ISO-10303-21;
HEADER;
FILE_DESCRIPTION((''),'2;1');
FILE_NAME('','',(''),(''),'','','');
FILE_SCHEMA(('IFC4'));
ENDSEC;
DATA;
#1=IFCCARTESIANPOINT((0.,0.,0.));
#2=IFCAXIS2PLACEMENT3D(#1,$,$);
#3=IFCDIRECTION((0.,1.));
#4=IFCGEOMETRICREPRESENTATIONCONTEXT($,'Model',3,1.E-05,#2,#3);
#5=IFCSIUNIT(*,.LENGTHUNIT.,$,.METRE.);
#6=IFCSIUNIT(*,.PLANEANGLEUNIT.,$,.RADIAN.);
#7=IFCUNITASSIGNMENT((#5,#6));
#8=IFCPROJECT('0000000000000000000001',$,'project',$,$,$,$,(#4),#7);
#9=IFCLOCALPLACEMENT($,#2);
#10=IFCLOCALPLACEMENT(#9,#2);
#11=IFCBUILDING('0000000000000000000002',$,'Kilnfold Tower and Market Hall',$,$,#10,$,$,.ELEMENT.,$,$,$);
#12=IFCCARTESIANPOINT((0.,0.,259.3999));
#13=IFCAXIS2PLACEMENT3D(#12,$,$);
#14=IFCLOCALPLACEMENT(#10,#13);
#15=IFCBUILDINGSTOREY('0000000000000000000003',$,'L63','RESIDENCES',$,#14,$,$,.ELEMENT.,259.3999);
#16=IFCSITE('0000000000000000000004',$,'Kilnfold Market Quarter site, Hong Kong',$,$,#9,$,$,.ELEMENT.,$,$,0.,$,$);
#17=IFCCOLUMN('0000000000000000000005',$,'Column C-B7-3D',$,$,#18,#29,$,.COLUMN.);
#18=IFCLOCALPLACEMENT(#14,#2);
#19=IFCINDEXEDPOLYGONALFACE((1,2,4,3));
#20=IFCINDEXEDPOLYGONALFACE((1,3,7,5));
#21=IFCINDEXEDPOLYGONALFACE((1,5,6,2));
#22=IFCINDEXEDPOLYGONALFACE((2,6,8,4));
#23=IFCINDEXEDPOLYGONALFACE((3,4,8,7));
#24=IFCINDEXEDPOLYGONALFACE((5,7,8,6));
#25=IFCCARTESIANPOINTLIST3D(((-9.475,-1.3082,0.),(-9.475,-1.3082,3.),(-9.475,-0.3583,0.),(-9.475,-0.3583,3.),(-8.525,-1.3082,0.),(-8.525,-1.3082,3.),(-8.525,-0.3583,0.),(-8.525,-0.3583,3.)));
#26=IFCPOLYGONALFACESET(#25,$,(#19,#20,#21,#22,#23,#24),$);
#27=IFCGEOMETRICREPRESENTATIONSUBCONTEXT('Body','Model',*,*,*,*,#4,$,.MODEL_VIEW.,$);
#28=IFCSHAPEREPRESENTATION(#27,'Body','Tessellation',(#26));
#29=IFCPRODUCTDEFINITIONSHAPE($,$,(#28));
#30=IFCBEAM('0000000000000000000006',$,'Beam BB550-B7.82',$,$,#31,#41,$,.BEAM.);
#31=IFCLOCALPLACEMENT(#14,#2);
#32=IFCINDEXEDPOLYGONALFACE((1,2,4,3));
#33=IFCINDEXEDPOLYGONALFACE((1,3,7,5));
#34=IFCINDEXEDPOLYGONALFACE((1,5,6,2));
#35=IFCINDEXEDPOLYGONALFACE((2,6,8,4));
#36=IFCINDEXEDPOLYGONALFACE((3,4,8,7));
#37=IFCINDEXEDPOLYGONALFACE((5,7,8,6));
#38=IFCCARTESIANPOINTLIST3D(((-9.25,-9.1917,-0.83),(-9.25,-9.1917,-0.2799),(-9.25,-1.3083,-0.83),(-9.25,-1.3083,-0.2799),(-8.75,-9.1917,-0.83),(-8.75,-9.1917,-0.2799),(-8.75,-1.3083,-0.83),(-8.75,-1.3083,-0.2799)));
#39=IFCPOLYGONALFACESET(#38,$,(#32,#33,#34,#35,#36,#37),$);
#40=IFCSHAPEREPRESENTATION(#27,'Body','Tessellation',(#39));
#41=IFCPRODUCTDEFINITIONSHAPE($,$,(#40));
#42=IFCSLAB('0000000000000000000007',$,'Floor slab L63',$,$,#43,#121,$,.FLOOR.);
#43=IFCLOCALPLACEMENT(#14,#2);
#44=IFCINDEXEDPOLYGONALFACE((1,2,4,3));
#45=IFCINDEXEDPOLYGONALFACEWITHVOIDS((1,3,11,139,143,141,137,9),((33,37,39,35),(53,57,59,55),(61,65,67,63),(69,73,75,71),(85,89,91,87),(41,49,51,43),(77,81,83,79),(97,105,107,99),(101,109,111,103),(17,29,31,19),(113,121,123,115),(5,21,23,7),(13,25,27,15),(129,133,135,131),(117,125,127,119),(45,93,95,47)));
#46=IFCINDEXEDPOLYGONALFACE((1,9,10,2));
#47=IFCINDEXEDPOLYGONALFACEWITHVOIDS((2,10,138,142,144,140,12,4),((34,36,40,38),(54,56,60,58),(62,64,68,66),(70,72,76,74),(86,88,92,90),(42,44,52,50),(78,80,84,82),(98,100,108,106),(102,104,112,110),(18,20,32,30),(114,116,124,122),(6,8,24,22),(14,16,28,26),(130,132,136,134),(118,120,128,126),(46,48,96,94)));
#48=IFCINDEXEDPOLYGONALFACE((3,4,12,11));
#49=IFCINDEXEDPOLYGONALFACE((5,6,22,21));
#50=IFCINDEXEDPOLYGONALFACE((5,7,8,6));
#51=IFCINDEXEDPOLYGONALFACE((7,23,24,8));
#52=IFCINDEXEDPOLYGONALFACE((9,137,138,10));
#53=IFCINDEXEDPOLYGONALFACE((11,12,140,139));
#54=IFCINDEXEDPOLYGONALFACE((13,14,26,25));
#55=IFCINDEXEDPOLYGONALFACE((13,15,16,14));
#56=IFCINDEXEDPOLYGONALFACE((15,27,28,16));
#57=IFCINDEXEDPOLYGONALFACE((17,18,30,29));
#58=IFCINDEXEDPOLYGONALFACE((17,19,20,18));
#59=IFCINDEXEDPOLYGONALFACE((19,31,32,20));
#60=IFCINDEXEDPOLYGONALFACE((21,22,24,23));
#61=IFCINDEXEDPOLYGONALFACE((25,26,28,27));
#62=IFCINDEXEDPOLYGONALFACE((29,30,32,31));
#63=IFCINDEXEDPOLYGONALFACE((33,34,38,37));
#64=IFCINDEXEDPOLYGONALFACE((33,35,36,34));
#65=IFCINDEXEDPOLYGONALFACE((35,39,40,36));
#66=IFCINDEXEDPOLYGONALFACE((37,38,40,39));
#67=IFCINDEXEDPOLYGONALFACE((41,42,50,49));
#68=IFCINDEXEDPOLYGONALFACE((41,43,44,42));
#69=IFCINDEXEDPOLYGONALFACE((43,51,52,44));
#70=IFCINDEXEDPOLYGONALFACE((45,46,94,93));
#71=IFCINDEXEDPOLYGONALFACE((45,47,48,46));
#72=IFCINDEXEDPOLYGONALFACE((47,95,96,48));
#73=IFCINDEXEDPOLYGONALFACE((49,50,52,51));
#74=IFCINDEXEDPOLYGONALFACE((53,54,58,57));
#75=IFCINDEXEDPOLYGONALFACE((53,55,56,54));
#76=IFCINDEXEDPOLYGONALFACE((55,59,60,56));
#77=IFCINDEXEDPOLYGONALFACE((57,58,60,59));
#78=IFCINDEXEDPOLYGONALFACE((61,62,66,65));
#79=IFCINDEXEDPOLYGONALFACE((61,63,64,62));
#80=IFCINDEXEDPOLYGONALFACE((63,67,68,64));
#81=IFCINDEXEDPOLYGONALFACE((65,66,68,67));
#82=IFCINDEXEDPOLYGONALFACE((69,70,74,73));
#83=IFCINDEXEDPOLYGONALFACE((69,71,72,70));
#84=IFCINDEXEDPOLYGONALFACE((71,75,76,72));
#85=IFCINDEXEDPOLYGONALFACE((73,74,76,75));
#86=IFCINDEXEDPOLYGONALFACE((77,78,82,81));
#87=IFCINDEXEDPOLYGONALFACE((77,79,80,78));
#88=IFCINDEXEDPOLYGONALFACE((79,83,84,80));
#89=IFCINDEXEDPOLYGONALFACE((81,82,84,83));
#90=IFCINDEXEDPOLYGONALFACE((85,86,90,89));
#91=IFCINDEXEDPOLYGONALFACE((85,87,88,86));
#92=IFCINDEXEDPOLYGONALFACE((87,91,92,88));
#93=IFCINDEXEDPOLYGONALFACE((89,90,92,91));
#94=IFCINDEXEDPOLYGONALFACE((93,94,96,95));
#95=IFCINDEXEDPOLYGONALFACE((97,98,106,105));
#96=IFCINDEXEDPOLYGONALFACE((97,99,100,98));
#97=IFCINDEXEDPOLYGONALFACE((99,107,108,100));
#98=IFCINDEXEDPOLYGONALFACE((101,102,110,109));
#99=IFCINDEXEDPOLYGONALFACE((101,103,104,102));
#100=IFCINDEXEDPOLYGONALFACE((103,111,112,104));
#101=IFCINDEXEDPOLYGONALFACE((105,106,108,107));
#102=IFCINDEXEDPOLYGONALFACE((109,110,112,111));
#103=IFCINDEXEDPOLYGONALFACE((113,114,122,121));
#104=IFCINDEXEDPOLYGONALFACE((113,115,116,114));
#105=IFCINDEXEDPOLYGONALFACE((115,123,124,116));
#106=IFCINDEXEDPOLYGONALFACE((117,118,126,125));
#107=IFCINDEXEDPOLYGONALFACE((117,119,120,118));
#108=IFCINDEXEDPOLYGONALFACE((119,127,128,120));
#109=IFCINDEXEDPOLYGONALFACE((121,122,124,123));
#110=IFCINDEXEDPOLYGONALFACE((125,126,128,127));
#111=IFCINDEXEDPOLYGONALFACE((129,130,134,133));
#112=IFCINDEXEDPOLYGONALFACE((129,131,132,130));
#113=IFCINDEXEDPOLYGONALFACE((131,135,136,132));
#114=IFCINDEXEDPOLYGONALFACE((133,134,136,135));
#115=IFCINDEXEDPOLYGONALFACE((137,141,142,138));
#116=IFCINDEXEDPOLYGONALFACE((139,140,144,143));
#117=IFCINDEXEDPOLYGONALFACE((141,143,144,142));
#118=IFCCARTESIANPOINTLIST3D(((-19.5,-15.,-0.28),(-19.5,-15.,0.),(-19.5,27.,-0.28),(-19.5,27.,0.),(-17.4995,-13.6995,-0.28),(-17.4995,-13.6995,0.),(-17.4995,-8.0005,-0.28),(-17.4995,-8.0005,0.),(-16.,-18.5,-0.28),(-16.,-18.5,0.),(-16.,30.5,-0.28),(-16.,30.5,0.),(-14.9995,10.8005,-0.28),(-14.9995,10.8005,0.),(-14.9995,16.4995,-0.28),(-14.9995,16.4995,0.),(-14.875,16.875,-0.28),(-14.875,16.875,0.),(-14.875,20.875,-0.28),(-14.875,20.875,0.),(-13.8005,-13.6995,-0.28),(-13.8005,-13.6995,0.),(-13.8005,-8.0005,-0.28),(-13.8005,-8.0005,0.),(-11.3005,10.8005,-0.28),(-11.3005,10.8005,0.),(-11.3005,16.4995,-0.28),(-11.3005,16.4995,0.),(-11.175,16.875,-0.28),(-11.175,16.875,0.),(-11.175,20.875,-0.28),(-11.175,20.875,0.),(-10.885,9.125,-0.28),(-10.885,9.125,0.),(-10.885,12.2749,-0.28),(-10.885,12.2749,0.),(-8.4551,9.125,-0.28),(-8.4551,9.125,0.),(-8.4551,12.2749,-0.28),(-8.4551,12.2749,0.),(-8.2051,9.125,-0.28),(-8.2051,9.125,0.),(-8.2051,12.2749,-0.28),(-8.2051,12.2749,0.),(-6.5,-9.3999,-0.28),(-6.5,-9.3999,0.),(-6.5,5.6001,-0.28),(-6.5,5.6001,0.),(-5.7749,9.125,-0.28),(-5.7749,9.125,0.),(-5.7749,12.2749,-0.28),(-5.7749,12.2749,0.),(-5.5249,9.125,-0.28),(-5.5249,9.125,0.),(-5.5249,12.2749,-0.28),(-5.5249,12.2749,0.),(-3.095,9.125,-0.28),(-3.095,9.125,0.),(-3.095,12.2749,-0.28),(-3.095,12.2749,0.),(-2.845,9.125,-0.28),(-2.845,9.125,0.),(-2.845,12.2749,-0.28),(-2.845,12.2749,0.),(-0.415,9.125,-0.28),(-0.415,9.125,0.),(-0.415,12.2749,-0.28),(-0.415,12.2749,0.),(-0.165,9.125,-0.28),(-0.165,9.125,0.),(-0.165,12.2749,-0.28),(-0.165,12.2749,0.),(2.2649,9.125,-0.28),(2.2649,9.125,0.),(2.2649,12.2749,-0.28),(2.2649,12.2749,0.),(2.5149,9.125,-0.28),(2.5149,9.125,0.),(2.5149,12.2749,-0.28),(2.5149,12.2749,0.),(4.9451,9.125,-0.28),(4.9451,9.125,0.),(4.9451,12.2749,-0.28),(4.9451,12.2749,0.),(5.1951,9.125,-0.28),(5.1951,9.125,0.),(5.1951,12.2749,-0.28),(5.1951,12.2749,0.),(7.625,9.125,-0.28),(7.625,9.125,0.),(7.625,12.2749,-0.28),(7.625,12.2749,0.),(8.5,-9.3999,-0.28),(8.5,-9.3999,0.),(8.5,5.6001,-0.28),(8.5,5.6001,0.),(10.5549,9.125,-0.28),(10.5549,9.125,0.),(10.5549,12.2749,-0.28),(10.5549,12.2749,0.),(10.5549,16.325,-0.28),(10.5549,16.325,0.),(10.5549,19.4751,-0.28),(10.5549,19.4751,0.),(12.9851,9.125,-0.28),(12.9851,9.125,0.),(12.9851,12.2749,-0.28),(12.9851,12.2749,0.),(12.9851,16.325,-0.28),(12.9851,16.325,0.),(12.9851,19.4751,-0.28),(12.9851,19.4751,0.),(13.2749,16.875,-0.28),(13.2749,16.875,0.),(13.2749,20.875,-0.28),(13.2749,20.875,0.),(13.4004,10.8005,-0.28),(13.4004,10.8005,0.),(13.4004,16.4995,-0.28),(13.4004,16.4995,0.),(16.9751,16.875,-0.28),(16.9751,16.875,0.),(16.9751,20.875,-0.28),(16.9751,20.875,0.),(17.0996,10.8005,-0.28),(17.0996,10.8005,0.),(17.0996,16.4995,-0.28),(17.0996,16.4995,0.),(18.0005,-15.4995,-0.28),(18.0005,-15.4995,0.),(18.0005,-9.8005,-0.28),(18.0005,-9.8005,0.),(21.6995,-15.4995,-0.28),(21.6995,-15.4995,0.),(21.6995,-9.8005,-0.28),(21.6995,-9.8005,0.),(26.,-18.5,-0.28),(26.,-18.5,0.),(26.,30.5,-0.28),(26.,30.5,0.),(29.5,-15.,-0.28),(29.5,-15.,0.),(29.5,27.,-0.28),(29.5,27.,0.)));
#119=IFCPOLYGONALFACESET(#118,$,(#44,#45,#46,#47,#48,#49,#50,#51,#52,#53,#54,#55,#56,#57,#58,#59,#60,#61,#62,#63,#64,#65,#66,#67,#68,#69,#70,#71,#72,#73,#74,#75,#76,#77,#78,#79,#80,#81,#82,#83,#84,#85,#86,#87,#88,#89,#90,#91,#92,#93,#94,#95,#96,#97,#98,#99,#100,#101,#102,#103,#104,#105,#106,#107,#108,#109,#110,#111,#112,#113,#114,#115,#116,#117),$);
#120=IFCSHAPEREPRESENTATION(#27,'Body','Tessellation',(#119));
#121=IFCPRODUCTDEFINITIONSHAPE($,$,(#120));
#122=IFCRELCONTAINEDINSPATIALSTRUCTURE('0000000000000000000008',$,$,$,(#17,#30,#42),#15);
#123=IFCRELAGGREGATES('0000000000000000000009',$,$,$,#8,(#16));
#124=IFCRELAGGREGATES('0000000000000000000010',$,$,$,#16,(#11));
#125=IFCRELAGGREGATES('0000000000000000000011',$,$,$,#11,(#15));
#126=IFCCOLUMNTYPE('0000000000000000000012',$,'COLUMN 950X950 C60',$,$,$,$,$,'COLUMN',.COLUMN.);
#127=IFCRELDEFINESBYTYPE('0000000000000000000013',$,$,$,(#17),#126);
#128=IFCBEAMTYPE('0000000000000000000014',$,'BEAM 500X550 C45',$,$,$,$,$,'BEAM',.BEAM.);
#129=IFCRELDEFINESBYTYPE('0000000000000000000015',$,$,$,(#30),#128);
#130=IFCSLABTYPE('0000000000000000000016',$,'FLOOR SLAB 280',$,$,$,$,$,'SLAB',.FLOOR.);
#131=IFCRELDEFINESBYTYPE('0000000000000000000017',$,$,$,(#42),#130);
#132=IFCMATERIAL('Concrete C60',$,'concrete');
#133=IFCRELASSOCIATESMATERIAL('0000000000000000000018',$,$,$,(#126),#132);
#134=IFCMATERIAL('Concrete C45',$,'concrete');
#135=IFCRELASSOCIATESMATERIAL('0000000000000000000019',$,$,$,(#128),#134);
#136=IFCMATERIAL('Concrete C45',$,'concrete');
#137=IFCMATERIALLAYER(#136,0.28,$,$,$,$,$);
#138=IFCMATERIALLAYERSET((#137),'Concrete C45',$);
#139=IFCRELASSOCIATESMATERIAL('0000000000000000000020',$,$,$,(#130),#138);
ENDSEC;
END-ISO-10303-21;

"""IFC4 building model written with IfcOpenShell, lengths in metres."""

from ifc_helpers import new_model, si_unit, direction, frame, origin, origin_2d, place, context, subcontext, project, spatial, polyline, rectangle, outline, extrude, source, transform, mapped, material, layer, layer_set, material_profile, profile_set, type_object, element, save


model = new_model("IFC4")

# Units and contexts
model_context = context("Model", 3, precision=1e-05, world=origin(), true_north=direction((0.0, 1.0)))
body_context = subcontext(model_context, "Body", "Model", "MODEL_VIEW")
ifc_project = project(units=[si_unit("LENGTHUNIT", "METRE"), si_unit("PLANEANGLEUNIT", "RADIAN")], contexts=[model_context])

# Site, building, storey
site_placement = place(None, origin())
site = spatial("IfcSite", under=ifc_project, at=site_placement, Name="Kilnfold Market Quarter site, Hong Kong", CompositionType="ELEMENT", RefElevation=0.0)
building_placement = place(site_placement, origin())
building = spatial("IfcBuilding", under=site, at=building_placement, Name="Kilnfold Tower and Market Hall", CompositionType="ELEMENT")
storey_placement = place(building_placement, frame((0.0, 0.0, 259.3999)))
storey = spatial("IfcBuildingStorey", under=building, at=storey_placement, Name="L63", Description="RESIDENCES", CompositionType="ELEMENT", Elevation=259.3999)

# Column
ifc_material_1 = material(Name="Concrete C60", Category="concrete")
ifc_material_profile_1 = material_profile(ifc_material_1, rectangle(XDim=0.95, YDim=0.95, at=origin_2d()), Name="RC 950x950")
ifc_profile_set_1 = profile_set([ifc_material_profile_1], Name="Concrete C60")
column_type = type_object("IfcColumnType", Name="COLUMN 950X950 C60", ElementType="COLUMN", PredefinedType="COLUMN", material=ifc_profile_set_1)
shared_shape_1 = source(origin(), body_context, "Body", "SweptSolid", [
    extrude(rectangle(XDim=0.95, YDim=0.95, at=origin_2d()), origin(), (0.0, 0.0, 1.0), 3.0),
])
column_placement = place(storey_placement, frame((-9.0, -0.8333, 0.0), z_axis=(0.0, 0.0, 1.0), x_axis=(1.0, 0.0, 0.0)))
element("IfcColumn", 1, at=column_placement, inside=storey, type_object=column_type, Name="Column C-B7-3D", PredefinedType="COLUMN", context=body_context, shape_type="MappedRepresentation", body=[
    mapped(shared_shape_1, transform((0.0, 0.0, 0.0))),
])

# Beam
ifc_material_2 = material(Name="Concrete C45", Category="concrete")
ifc_material_profile_2 = material_profile(ifc_material_2, rectangle(XDim=0.5, YDim=0.55, at=origin_2d()), Name="RC 500x550")
ifc_profile_set_2 = profile_set([ifc_material_profile_2], Name="Concrete C45")
beam_type = type_object("IfcBeamType", Name="BEAM 500X550 C45", ElementType="BEAM", PredefinedType="BEAM", material=ifc_profile_set_2)
shared_shape_2 = source(origin(), body_context, "Body", "SweptSolid", [
    extrude(rectangle(XDim=0.5, YDim=0.55, at=origin_2d()), origin(), (0.0, 0.0, 1.0), 7.8833),
])
beam_placement = place(storey_placement, frame((-9.0, -9.1917, -0.5549), z_axis=(0.0, 1.0, 0.0), x_axis=(-1.0, 0.0, 0.0)))
element("IfcBeam", 2, at=beam_placement, inside=storey, type_object=beam_type, Name="Beam BB550-B7.82", PredefinedType="BEAM", context=body_context, shape_type="MappedRepresentation", body=[
    mapped(shared_shape_2, transform((0.0, 0.0, 0.0))),
])

# Slab
ifc_material_3 = material(Name="Concrete C45", Category="concrete")
ifc_layer_1 = layer(ifc_material_3, 0.28)
ifc_layer_set_1 = layer_set([ifc_layer_1], Name="Concrete C45")
slab_type_1 = type_object("IfcSlabType", Name="FLOOR SLAB 280", ElementType="SLAB", PredefinedType="FLOOR", material=ifc_layer_set_1)
shared_shape_3 = source(origin(), body_context, "Body", "SweptSolid", [
    extrude(outline(polyline([(-16.0, -18.5), (26.0, -18.5), (29.5, -15.0), (29.5, 27.0), (26.0, 30.5), (-16.0, 30.5), (-19.5, 27.0), (-19.5, -15.0), (-16.0, -18.5)]), holes=[polyline([(-13.8005, -13.6995), (-17.4995, -13.6995), (-17.4995, -8.0005), (-13.8005, -8.0005), (-13.8005, -13.6995)]), polyline([(-11.3005, 10.8005), (-14.9995, 10.8005), (-14.9995, 16.4995), (-11.3005, 16.4995), (-11.3005, 10.8005)]), polyline([(-11.175, 16.875), (-14.875, 16.875), (-14.875, 20.875), (-11.175, 20.875), (-11.175, 16.875)]), polyline([(-8.4551, 9.125), (-10.885, 9.125), (-10.885, 12.2749), (-8.4551, 12.2749), (-8.4551, 9.125)]), polyline([(-5.7749, 9.125), (-8.2051, 9.125), (-8.2051, 12.2749), (-5.7749, 12.2749), (-5.7749, 9.125)]), polyline([(8.5, -9.3999), (-6.5, -9.3999), (-6.5, 5.6001), (8.5, 5.6001), (8.5, -9.3999)]), polyline([(-3.095, 9.125), (-5.5249, 9.125), (-5.5249, 12.2749), (-3.095, 12.2749), (-3.095, 9.125)]), polyline([(-0.415, 9.125), (-2.845, 9.125), (-2.845, 12.2749), (-0.415, 12.2749), (-0.415, 9.125)]), polyline([(2.2649, 9.125), (-0.165, 9.125), (-0.165, 12.2749), (2.2649, 12.2749), (2.2649, 9.125)]), polyline([(4.9451, 9.125), (2.5149, 9.125), (2.5149, 12.2749), (4.9451, 12.2749), (4.9451, 9.125)]), polyline([(7.625, 9.125), (5.1951, 9.125), (5.1951, 12.2749), (7.625, 12.2749), (7.625, 9.125)]), polyline([(12.9851, 9.125), (10.5549, 9.125), (10.5549, 12.2749), (12.9851, 12.2749), (12.9851, 9.125)]), polyline([(12.9851, 16.325), (10.5549, 16.325), (10.5549, 19.4751), (12.9851, 19.4751), (12.9851, 16.325)]), polyline([(16.9751, 16.875), (13.2749, 16.875), (13.2749, 20.875), (16.9751, 20.875), (16.9751, 16.875)]), polyline([(17.0996, 10.8005), (13.4004, 10.8005), (13.4004, 16.4995), (17.0996, 16.4995), (17.0996, 10.8005)]), polyline([(18.0005, -9.8005), (21.6995, -9.8005), (21.6995, -15.4995), (18.0005, -15.4995), (18.0005, -9.8005)])]), origin(), (0.0, 0.0, 1.0), 0.28),
])
slab_1_placement = place(storey_placement, frame((0.0, 0.0, -0.28)))
element("IfcSlab", 3, at=slab_1_placement, inside=storey, type_object=slab_type_1, Name="Floor slab L63", PredefinedType="FLOOR", context=body_context, shape_type="MappedRepresentation", body=[
    mapped(shared_shape_3, transform((0.0, 0.0, 0.0))),
])

save(model, "model.ifc")
